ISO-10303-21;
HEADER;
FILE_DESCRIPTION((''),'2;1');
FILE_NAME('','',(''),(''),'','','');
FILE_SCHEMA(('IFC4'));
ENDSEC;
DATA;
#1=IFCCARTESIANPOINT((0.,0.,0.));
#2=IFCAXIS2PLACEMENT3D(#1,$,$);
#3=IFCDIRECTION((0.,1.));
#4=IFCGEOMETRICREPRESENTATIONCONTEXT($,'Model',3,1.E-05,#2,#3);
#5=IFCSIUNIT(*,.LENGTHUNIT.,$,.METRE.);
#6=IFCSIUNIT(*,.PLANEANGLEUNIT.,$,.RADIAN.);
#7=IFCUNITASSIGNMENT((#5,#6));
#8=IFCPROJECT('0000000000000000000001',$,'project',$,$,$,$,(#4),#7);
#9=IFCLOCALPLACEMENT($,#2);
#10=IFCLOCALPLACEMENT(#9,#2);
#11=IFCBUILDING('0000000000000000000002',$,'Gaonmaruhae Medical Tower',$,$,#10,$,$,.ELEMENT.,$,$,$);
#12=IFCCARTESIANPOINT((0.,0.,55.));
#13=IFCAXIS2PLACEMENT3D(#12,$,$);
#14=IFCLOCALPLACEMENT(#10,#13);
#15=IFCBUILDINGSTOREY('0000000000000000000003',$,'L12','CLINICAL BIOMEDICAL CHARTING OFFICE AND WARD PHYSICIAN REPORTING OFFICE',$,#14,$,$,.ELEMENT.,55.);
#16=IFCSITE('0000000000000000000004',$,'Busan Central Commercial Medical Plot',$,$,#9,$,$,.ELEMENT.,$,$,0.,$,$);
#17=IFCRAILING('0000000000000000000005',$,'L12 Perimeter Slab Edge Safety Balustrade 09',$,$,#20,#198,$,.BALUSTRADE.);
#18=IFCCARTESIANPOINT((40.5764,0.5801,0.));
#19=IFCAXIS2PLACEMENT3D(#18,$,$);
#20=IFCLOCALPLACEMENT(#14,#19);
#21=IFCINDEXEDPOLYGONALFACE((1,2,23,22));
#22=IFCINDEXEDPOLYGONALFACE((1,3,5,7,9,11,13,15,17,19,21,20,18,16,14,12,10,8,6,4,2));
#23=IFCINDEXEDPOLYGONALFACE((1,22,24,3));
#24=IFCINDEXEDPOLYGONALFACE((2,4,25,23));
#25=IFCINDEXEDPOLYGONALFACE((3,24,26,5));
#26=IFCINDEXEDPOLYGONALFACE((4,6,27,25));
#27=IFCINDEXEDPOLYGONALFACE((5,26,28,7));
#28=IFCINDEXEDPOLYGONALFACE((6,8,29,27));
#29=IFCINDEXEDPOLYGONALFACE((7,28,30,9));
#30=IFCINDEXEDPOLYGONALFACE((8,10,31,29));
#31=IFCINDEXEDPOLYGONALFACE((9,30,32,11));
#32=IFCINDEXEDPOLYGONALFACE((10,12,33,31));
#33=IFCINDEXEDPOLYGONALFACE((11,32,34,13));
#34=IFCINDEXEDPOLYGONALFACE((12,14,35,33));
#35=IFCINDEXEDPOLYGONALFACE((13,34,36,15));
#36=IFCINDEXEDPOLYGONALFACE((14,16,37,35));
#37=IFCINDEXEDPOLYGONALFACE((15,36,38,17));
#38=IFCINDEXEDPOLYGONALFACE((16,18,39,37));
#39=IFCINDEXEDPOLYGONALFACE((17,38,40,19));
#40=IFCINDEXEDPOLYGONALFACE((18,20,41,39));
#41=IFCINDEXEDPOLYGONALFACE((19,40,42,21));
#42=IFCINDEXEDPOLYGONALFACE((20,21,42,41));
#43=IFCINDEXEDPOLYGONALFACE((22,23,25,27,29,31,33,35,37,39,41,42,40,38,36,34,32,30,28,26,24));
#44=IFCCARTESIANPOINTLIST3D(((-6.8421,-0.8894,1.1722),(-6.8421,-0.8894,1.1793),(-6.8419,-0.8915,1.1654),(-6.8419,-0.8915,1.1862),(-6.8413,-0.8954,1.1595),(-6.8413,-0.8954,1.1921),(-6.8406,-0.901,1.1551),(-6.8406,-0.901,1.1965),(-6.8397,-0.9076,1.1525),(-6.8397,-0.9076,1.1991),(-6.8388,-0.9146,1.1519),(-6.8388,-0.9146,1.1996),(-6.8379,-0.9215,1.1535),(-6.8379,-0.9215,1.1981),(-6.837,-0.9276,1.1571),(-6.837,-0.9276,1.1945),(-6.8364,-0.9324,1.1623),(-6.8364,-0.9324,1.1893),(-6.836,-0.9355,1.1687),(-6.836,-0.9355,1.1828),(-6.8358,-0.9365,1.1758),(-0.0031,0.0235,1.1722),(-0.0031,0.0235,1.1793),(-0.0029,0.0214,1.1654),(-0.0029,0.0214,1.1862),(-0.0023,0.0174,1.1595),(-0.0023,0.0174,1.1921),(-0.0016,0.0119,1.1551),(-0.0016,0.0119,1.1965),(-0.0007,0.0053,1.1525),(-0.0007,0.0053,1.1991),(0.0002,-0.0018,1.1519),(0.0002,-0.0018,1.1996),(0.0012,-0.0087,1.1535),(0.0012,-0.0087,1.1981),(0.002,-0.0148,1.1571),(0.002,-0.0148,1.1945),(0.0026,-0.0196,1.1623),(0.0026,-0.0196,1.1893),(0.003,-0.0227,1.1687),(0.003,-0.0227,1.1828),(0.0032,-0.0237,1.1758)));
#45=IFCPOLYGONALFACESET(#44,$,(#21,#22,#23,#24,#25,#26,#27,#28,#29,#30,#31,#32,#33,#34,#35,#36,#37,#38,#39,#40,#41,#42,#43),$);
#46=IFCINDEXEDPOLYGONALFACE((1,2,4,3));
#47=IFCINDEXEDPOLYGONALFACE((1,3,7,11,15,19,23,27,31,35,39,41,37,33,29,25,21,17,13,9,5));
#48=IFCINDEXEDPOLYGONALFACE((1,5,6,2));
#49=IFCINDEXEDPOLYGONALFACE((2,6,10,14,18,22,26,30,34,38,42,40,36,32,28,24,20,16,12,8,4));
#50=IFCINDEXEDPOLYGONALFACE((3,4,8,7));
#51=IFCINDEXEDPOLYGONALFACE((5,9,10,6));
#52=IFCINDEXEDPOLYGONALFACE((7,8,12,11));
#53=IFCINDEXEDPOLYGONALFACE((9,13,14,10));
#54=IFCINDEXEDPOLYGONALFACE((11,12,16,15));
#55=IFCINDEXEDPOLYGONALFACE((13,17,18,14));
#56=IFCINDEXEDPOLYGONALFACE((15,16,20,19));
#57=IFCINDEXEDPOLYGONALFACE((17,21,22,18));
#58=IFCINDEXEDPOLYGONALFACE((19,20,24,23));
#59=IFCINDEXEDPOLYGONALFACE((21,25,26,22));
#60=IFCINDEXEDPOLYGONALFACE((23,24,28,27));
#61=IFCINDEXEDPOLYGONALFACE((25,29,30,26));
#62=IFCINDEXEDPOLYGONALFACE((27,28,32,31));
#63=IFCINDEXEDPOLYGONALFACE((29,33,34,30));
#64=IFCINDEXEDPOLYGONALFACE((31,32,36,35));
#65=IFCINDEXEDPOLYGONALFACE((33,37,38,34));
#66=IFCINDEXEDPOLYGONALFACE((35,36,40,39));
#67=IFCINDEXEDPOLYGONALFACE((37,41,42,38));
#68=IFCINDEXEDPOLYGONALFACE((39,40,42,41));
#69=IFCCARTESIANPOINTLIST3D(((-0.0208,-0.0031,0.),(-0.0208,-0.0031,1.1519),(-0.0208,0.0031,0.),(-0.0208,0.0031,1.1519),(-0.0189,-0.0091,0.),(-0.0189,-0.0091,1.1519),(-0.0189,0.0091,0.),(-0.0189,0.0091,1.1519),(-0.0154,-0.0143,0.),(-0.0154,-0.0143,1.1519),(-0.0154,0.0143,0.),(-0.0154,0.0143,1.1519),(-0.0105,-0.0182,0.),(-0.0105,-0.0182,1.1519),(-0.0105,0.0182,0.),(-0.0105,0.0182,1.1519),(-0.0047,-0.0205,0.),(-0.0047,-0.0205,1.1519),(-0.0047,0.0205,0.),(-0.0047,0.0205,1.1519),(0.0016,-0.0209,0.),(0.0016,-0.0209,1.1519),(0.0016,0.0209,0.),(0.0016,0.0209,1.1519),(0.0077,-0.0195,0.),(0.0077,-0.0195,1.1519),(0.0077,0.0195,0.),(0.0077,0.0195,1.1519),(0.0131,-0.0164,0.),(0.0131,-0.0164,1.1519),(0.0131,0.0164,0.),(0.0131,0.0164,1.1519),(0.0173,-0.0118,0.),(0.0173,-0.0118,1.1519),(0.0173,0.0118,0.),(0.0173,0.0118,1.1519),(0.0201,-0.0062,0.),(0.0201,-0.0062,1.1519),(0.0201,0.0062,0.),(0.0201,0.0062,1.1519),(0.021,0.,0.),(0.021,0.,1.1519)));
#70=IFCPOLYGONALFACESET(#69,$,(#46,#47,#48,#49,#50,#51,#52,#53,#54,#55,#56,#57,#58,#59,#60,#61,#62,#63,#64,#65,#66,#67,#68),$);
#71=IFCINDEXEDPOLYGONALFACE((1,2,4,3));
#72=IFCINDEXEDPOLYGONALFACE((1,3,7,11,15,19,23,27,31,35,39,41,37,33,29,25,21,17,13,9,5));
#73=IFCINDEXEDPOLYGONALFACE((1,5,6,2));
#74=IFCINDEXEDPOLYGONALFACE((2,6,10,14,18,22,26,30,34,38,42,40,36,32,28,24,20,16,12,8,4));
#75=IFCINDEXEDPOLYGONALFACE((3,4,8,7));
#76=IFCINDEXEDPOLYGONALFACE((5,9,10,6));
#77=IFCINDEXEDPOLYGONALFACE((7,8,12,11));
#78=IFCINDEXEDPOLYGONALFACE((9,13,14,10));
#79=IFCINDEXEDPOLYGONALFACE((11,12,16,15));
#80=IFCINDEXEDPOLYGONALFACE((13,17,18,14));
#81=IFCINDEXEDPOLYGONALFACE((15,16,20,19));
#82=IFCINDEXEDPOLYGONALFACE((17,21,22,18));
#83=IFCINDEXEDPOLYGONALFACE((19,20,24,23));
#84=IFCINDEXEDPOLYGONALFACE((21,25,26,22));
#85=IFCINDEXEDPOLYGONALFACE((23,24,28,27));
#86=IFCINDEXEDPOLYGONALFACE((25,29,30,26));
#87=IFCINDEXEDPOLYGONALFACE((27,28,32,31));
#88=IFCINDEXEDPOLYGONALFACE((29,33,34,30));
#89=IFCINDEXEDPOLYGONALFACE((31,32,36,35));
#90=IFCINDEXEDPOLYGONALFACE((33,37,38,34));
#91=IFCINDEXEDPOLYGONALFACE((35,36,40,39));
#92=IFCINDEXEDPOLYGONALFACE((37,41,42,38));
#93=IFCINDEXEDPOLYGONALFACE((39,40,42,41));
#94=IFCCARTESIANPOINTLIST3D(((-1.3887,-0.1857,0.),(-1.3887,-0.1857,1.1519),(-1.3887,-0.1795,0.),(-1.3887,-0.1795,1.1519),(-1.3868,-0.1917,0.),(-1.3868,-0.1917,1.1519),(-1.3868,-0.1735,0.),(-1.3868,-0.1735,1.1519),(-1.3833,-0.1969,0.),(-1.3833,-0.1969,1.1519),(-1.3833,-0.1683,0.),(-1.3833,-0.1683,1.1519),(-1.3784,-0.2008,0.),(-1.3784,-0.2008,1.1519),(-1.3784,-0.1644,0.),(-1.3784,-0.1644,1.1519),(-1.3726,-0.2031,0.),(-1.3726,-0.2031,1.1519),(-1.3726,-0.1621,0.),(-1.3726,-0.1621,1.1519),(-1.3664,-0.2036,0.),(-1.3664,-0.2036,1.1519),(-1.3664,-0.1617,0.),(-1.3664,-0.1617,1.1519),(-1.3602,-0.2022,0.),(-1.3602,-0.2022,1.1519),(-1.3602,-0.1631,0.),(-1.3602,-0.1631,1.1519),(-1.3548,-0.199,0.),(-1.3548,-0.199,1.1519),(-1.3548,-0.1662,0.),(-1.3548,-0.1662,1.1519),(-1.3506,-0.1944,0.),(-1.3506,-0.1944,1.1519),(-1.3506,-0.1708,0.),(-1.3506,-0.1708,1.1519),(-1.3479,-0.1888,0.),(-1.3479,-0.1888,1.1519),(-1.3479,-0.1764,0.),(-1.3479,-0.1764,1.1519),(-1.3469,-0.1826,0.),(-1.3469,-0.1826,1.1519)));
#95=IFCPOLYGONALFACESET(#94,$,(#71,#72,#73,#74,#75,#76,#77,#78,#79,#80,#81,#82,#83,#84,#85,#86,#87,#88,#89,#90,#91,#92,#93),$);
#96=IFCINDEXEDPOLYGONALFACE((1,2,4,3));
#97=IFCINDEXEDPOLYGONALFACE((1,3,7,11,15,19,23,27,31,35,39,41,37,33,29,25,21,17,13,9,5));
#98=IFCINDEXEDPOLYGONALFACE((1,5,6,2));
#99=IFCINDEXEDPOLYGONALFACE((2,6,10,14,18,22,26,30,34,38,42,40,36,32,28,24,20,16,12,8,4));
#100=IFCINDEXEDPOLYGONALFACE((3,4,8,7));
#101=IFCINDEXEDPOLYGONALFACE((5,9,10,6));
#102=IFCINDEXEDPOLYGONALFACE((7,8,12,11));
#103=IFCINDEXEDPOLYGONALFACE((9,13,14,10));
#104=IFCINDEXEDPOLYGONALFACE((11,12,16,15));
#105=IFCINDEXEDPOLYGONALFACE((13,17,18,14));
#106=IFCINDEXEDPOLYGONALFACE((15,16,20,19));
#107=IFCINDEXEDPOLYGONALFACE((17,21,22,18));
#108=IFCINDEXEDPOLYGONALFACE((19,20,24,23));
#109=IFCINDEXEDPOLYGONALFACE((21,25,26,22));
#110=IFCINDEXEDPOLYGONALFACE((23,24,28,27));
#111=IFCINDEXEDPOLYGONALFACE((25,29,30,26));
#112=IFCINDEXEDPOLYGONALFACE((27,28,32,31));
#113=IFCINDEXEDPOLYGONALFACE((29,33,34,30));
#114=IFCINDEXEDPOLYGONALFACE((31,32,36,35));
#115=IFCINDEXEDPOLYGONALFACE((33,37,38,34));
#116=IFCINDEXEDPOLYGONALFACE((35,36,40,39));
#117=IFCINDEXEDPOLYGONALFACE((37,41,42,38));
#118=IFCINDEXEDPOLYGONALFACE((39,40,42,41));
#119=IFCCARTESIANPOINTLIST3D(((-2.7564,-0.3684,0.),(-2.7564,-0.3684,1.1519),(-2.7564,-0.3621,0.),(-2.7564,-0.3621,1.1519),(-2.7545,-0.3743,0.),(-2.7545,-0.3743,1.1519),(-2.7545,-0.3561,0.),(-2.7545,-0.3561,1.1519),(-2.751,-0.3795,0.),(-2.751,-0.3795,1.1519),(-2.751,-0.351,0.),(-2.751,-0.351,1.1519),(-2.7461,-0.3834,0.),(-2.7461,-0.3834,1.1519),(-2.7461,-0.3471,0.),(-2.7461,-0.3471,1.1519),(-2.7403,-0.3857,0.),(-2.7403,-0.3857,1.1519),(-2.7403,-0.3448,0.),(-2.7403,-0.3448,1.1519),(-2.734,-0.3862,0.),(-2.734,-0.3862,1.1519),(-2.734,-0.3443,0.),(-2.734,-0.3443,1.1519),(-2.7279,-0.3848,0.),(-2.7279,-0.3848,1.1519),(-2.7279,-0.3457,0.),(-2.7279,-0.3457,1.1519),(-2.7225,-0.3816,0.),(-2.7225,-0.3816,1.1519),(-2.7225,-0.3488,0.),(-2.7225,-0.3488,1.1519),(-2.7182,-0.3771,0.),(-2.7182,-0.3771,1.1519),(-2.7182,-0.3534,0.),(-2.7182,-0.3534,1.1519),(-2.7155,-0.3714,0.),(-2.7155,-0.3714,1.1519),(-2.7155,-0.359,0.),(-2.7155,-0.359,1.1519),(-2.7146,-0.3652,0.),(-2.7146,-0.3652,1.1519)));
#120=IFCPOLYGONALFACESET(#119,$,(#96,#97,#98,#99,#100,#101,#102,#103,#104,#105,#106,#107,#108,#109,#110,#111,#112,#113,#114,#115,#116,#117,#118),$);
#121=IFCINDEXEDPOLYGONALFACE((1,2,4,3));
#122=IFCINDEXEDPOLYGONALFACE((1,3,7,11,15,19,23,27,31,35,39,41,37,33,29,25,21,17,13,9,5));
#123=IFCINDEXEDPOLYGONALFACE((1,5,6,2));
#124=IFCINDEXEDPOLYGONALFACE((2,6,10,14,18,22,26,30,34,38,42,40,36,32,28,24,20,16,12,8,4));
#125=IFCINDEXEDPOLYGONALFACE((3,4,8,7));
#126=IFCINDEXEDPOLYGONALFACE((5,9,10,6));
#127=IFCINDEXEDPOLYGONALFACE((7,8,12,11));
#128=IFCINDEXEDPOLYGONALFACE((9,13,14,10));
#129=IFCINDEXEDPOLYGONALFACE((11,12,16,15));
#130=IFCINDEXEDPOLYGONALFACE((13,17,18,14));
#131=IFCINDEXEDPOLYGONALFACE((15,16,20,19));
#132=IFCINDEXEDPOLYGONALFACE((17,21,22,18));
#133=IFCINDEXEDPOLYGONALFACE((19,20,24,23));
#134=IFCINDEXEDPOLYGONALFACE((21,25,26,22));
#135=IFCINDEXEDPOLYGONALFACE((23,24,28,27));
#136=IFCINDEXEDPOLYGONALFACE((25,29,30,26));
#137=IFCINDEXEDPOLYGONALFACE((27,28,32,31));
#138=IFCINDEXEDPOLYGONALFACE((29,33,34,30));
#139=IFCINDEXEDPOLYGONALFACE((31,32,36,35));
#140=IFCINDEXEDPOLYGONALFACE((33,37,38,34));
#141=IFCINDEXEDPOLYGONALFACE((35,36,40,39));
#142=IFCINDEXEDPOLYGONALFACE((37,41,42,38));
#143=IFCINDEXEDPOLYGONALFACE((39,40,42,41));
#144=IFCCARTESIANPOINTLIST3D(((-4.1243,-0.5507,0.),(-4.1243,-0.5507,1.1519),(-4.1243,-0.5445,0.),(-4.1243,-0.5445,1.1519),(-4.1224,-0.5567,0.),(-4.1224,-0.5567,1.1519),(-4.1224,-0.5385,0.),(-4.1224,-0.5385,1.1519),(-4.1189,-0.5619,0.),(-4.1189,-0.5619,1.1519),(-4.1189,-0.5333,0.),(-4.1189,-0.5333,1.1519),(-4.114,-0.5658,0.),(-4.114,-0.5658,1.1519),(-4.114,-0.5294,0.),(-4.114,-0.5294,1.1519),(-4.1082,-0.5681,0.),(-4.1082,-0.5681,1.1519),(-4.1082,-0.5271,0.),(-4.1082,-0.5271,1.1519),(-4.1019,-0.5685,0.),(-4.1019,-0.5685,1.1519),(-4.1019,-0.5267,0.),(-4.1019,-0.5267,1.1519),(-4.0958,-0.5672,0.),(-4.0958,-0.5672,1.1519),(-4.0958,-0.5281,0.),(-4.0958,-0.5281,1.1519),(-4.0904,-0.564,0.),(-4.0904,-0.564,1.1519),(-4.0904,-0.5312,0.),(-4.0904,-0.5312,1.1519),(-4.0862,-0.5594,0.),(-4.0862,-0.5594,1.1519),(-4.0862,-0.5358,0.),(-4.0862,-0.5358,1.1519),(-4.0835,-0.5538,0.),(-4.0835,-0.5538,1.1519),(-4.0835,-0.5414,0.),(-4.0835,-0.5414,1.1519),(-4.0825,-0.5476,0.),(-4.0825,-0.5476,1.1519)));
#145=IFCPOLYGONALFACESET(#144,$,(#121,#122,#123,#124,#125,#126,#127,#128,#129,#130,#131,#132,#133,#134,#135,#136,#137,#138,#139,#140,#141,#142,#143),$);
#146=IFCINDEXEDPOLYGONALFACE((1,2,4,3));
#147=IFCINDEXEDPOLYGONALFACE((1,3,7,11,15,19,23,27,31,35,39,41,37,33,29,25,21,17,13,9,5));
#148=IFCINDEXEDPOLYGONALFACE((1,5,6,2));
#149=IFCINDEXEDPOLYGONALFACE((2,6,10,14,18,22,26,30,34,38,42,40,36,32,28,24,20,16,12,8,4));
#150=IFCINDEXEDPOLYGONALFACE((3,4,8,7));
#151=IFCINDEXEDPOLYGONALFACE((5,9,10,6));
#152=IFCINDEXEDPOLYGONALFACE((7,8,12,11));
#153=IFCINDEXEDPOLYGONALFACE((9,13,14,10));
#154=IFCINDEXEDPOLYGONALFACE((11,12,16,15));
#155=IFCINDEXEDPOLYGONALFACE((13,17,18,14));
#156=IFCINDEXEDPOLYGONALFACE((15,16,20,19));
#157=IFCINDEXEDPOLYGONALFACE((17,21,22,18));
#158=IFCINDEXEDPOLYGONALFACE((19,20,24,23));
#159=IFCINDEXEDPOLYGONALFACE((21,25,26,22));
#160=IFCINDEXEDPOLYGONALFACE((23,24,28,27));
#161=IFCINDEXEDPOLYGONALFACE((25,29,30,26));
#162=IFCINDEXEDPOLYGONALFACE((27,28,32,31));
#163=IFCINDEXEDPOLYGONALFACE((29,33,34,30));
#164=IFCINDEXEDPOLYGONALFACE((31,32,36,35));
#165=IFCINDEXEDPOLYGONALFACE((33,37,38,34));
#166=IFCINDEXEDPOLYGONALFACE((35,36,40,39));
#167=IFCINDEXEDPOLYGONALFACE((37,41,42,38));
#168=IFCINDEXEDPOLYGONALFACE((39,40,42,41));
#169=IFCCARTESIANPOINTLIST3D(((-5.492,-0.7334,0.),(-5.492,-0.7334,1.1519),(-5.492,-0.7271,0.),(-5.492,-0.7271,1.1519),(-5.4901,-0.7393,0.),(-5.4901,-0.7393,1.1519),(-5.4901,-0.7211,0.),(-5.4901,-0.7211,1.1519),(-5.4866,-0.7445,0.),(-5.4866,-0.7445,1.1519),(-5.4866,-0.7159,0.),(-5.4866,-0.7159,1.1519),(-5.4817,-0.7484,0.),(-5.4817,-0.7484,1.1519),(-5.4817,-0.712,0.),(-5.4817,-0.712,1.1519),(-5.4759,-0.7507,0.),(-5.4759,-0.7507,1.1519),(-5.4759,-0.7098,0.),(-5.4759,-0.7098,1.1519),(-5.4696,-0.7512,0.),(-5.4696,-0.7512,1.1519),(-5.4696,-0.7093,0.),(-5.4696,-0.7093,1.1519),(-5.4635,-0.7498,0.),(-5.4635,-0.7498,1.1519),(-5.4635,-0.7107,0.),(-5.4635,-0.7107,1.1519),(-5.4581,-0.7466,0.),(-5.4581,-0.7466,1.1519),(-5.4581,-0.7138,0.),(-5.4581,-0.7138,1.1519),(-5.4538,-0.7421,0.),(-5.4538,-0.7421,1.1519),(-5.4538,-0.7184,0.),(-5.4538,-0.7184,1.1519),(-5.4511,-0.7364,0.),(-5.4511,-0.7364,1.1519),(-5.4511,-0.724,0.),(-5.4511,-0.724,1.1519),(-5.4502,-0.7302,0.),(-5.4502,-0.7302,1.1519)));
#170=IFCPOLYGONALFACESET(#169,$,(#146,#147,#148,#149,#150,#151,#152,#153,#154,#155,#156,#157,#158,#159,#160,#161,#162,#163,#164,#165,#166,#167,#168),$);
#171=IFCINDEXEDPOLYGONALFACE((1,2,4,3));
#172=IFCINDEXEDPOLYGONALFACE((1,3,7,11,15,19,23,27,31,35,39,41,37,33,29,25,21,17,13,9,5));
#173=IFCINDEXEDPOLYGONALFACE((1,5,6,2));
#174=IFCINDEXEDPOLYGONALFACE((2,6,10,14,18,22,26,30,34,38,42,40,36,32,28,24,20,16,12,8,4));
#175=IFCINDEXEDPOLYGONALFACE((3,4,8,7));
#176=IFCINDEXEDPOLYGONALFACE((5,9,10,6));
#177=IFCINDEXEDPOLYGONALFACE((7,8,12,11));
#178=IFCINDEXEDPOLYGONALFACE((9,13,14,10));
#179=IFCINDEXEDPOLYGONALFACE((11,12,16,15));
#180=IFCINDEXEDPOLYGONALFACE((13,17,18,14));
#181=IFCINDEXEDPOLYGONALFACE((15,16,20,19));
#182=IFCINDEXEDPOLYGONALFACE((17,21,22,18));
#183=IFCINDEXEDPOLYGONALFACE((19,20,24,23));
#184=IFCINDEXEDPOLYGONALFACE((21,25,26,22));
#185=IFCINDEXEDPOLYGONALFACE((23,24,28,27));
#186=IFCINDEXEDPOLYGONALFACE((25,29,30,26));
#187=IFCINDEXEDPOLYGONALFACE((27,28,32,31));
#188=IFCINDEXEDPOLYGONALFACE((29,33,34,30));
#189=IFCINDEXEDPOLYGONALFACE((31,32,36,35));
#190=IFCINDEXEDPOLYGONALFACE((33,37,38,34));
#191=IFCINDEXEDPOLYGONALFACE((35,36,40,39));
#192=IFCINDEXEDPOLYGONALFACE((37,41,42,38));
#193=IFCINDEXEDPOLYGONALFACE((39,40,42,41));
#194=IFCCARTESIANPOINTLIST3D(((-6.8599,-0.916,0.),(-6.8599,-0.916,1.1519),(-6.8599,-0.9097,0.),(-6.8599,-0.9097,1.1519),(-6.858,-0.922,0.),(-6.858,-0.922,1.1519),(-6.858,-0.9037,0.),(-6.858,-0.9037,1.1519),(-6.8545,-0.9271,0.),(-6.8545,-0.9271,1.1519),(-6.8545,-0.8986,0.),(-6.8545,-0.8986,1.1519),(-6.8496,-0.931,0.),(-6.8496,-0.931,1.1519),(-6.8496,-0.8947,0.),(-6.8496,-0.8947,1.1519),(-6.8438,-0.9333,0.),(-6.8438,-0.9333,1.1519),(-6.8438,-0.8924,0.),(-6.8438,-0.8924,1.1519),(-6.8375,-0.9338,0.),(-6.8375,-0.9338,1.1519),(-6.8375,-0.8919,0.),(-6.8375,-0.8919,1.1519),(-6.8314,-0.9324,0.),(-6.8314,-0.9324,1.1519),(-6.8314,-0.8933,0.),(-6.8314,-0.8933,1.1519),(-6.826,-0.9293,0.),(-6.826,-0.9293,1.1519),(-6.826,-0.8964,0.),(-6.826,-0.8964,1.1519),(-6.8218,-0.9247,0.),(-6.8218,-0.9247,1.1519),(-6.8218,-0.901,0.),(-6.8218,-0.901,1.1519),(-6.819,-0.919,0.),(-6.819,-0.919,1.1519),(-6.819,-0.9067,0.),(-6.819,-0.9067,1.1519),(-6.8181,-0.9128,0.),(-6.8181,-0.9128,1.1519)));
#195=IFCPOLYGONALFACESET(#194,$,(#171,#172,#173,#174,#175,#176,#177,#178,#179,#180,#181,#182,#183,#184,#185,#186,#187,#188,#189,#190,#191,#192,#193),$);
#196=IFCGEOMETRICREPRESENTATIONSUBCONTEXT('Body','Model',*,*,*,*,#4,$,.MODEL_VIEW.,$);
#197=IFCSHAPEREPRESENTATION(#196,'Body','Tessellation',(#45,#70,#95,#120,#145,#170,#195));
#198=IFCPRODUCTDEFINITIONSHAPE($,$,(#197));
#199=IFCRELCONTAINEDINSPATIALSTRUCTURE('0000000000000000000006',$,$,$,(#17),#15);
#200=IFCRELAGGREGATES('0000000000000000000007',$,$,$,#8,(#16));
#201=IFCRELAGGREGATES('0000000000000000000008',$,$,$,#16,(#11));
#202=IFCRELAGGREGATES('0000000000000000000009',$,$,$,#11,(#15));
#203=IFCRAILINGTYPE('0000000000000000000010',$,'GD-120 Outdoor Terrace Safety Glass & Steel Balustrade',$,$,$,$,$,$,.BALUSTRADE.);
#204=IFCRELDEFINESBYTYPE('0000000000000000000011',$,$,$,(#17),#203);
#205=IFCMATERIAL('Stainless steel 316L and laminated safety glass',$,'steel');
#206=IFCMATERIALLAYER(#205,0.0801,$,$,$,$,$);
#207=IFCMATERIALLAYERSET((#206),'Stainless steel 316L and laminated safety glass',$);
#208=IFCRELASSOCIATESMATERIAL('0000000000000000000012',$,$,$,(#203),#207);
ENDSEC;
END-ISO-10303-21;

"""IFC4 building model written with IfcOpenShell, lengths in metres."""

from ifc_helpers import new_model, si_unit, direction, frame, origin, origin_2d, place, context, subcontext, project, spatial, circle, extrude, material, layer, layer_set, type_object, element, save


model = new_model("IFC4")

# Units and contexts
model_context = context("Model", 3, precision=1e-05, world=origin(), true_north=direction((0.0, 1.0)))
body_context = subcontext(model_context, "Body", "Model", "MODEL_VIEW")
ifc_project = project(units=[si_unit("LENGTHUNIT", "METRE"), si_unit("PLANEANGLEUNIT", "RADIAN")], contexts=[model_context])

# Site, building, storey
site_placement = place(None, origin())
site = spatial("IfcSite", under=ifc_project, at=site_placement, Name="Busan Central Commercial Medical Plot", CompositionType="ELEMENT", RefElevation=0.0)
building_placement = place(site_placement, origin())
building = spatial("IfcBuilding", under=site, at=building_placement, Name="Gaonmaruhae Medical Tower", CompositionType="ELEMENT")
storey_placement = place(building_placement, frame((0.0, 0.0, 55.0)))
storey = spatial("IfcBuildingStorey", under=building, at=storey_placement, Name="L12", Description="CLINICAL BIOMEDICAL CHARTING OFFICE AND WARD PHYSICIAN REPORTING OFFICE", CompositionType="ELEMENT", Elevation=55.0)

# Railing
ifc_material_1 = material(Name="Stainless steel 316L and laminated safety glass", Category="steel")
ifc_layer_1 = layer(ifc_material_1, 0.0801)
ifc_layer_set_1 = layer_set([ifc_layer_1], Name="Stainless steel 316L and laminated safety glass")
railing_type_1 = type_object("IfcRailingType", Name="GD-120 Outdoor Terrace Safety Glass & Steel Balustrade", PredefinedType="BALUSTRADE", material=ifc_layer_set_1)
railing_1_placement = place(storey_placement, frame((40.5764, 0.5801, 0.0)))
element("IfcRailing", 1, at=railing_1_placement, inside=storey, type_object=railing_type_1, Name="L12 Perimeter Slab Edge Safety Balustrade 09", PredefinedType="BALUSTRADE", context=body_context, shape_type="SweptSolid", body=[
    extrude(circle(Radius=0.0239, at=origin_2d()), frame((0.0, 0.0, 1.1758), z_axis=(-0.99121, -0.1323, 0.0), x_axis=(0.1323, -0.99121, 0.0)), (0.0, 0.0, 1.0), 6.8997),
    extrude(circle(Radius=0.021, at=origin_2d()), origin(), (0.0, 0.0, 1.0), 1.1519),
    extrude(circle(Radius=0.021, at=origin_2d()), frame((-1.3679, -0.1826, 0.0)), (0.0, 0.0, 1.0), 1.1519),
    extrude(circle(Radius=0.021, at=origin_2d()), frame((-2.7356, -0.3652, 0.0)), (0.0, 0.0, 1.0), 1.1519),
    extrude(circle(Radius=0.021, at=origin_2d()), frame((-4.1035, -0.5476, 0.0)), (0.0, 0.0, 1.0), 1.1519),
    extrude(circle(Radius=0.021, at=origin_2d()), frame((-5.4712, -0.7302, 0.0)), (0.0, 0.0, 1.0), 1.1519),
    extrude(circle(Radius=0.021, at=origin_2d()), frame((-6.8391, -0.9128, 0.0)), (0.0, 0.0, 1.0), 1.1519),
])

save(model, "model.ifc")
